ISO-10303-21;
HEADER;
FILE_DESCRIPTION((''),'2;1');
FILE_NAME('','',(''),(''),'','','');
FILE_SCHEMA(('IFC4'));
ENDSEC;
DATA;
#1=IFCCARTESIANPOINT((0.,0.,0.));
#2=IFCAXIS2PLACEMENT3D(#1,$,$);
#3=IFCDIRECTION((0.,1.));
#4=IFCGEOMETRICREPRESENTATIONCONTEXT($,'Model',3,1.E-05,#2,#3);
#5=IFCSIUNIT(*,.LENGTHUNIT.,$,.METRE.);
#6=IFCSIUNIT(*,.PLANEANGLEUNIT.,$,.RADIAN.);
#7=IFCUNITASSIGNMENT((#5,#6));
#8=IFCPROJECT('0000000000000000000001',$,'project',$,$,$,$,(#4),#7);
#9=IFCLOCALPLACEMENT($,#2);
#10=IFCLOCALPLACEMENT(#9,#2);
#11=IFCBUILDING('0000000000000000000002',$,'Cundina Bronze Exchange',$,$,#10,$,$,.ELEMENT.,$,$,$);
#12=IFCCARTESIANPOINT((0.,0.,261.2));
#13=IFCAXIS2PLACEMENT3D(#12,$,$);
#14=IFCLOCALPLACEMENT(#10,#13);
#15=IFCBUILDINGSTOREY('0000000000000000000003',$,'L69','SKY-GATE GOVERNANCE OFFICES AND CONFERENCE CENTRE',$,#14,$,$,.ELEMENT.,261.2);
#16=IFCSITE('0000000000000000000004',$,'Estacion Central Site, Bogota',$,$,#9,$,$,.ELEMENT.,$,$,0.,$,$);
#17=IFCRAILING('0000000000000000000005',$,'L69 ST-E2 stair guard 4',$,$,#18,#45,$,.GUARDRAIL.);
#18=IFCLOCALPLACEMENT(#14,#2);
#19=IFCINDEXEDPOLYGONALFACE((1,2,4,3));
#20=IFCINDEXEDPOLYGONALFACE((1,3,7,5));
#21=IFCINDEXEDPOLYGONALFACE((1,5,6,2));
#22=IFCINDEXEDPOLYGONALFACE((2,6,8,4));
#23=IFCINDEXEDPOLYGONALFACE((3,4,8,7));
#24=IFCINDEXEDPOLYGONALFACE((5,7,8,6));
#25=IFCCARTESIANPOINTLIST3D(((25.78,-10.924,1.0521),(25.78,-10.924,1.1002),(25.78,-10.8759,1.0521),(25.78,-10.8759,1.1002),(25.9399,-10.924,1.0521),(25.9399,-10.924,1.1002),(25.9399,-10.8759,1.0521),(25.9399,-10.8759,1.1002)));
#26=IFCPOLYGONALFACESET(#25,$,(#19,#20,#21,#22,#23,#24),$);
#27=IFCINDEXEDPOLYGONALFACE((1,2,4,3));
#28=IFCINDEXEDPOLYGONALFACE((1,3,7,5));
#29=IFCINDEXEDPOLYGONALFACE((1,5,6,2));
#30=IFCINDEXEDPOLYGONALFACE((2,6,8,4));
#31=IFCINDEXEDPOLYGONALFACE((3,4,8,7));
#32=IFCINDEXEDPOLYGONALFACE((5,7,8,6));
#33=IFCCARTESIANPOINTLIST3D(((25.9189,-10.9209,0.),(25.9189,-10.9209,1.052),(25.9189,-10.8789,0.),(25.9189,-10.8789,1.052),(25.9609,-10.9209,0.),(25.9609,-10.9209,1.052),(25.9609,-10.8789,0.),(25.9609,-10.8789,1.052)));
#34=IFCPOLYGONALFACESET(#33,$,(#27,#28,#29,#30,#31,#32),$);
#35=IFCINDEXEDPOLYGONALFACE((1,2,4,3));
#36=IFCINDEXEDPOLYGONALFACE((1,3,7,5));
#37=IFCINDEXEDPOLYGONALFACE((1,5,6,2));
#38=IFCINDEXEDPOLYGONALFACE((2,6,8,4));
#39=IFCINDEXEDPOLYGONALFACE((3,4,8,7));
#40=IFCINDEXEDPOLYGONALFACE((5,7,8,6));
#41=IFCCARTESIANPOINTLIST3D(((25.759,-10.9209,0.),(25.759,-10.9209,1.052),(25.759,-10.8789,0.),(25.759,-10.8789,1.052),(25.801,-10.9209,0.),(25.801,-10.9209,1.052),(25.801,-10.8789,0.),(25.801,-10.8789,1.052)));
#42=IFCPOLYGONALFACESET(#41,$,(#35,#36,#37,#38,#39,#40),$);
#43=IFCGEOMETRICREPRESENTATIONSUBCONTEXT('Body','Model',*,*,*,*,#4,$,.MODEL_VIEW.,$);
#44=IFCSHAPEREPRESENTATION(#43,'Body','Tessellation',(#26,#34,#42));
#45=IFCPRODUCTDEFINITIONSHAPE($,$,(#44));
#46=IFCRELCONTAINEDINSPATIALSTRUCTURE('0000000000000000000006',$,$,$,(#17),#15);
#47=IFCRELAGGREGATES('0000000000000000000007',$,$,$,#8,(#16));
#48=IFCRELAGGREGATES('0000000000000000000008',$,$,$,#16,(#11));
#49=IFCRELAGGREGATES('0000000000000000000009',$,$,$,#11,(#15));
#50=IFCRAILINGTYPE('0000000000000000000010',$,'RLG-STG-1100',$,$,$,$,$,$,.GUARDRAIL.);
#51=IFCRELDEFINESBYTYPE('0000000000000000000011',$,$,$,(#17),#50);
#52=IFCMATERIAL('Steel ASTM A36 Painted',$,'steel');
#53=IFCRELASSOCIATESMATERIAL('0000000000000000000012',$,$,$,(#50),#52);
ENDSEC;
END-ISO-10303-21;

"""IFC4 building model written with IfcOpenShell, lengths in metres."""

from ifc_helpers import new_model, si_unit, direction, frame, origin, origin_2d, place, context, subcontext, project, spatial, rectangle, extrude, material, type_object, element, save


model = new_model("IFC4")

# Units and contexts
model_context = context("Model", 3, precision=1e-05, world=origin(), true_north=direction((0.0, 1.0)))
body_context = subcontext(model_context, "Body", "Model", "MODEL_VIEW")
ifc_project = project(units=[si_unit("LENGTHUNIT", "METRE"), si_unit("PLANEANGLEUNIT", "RADIAN")], contexts=[model_context])

# Site, building, storey
site_placement = place(None, origin())
site = spatial("IfcSite", under=ifc_project, at=site_placement, Name="Estacion Central Site, Bogota", CompositionType="ELEMENT", RefElevation=0.0)
building_placement = place(site_placement, origin())
building = spatial("IfcBuilding", under=site, at=building_placement, Name="Cundina Bronze Exchange", CompositionType="ELEMENT")
storey_placement = place(building_placement, frame((0.0, 0.0, 261.2)))
storey = spatial("IfcBuildingStorey", under=building, at=storey_placement, Name="L69", Description="SKY-GATE GOVERNANCE OFFICES AND CONFERENCE CENTRE", CompositionType="ELEMENT", Elevation=261.2)

# Shared definitions
ifc_material_1 = material(Name="Steel ASTM A36 Painted", Category="steel")

# Railing
railing_type_1 = type_object("IfcRailingType", Name="RLG-STG-1100", PredefinedType="GUARDRAIL", material=ifc_material_1)
railing_1_placement = place(storey_placement, frame((25.9399, -10.8999, 0.0)))
element("IfcRailing", 1, at=railing_1_placement, inside=storey, type_object=railing_type_1, Name="L69 ST-E2 stair guard 4", PredefinedType="GUARDRAIL", context=body_context, shape_type="SweptSolid", body=[
    extrude(rectangle(XDim=0.0481, YDim=0.0481, at=origin_2d()), frame((0.0, 0.0, 1.0762), z_axis=(-1.0, 0.0, 0.0), x_axis=(0.0, -1.0, 0.0)), (0.0, 0.0, 1.0), 0.1599),
    extrude(rectangle(XDim=0.042, YDim=0.042, at=origin_2d()), origin(), (0.0, 0.0, 1.0), 1.052),
    extrude(rectangle(XDim=0.042, YDim=0.042, at=origin_2d()), frame((-0.1599, 0.0, 0.0)), (0.0, 0.0, 1.0), 1.052),
])

save(model, "model.ifc")
